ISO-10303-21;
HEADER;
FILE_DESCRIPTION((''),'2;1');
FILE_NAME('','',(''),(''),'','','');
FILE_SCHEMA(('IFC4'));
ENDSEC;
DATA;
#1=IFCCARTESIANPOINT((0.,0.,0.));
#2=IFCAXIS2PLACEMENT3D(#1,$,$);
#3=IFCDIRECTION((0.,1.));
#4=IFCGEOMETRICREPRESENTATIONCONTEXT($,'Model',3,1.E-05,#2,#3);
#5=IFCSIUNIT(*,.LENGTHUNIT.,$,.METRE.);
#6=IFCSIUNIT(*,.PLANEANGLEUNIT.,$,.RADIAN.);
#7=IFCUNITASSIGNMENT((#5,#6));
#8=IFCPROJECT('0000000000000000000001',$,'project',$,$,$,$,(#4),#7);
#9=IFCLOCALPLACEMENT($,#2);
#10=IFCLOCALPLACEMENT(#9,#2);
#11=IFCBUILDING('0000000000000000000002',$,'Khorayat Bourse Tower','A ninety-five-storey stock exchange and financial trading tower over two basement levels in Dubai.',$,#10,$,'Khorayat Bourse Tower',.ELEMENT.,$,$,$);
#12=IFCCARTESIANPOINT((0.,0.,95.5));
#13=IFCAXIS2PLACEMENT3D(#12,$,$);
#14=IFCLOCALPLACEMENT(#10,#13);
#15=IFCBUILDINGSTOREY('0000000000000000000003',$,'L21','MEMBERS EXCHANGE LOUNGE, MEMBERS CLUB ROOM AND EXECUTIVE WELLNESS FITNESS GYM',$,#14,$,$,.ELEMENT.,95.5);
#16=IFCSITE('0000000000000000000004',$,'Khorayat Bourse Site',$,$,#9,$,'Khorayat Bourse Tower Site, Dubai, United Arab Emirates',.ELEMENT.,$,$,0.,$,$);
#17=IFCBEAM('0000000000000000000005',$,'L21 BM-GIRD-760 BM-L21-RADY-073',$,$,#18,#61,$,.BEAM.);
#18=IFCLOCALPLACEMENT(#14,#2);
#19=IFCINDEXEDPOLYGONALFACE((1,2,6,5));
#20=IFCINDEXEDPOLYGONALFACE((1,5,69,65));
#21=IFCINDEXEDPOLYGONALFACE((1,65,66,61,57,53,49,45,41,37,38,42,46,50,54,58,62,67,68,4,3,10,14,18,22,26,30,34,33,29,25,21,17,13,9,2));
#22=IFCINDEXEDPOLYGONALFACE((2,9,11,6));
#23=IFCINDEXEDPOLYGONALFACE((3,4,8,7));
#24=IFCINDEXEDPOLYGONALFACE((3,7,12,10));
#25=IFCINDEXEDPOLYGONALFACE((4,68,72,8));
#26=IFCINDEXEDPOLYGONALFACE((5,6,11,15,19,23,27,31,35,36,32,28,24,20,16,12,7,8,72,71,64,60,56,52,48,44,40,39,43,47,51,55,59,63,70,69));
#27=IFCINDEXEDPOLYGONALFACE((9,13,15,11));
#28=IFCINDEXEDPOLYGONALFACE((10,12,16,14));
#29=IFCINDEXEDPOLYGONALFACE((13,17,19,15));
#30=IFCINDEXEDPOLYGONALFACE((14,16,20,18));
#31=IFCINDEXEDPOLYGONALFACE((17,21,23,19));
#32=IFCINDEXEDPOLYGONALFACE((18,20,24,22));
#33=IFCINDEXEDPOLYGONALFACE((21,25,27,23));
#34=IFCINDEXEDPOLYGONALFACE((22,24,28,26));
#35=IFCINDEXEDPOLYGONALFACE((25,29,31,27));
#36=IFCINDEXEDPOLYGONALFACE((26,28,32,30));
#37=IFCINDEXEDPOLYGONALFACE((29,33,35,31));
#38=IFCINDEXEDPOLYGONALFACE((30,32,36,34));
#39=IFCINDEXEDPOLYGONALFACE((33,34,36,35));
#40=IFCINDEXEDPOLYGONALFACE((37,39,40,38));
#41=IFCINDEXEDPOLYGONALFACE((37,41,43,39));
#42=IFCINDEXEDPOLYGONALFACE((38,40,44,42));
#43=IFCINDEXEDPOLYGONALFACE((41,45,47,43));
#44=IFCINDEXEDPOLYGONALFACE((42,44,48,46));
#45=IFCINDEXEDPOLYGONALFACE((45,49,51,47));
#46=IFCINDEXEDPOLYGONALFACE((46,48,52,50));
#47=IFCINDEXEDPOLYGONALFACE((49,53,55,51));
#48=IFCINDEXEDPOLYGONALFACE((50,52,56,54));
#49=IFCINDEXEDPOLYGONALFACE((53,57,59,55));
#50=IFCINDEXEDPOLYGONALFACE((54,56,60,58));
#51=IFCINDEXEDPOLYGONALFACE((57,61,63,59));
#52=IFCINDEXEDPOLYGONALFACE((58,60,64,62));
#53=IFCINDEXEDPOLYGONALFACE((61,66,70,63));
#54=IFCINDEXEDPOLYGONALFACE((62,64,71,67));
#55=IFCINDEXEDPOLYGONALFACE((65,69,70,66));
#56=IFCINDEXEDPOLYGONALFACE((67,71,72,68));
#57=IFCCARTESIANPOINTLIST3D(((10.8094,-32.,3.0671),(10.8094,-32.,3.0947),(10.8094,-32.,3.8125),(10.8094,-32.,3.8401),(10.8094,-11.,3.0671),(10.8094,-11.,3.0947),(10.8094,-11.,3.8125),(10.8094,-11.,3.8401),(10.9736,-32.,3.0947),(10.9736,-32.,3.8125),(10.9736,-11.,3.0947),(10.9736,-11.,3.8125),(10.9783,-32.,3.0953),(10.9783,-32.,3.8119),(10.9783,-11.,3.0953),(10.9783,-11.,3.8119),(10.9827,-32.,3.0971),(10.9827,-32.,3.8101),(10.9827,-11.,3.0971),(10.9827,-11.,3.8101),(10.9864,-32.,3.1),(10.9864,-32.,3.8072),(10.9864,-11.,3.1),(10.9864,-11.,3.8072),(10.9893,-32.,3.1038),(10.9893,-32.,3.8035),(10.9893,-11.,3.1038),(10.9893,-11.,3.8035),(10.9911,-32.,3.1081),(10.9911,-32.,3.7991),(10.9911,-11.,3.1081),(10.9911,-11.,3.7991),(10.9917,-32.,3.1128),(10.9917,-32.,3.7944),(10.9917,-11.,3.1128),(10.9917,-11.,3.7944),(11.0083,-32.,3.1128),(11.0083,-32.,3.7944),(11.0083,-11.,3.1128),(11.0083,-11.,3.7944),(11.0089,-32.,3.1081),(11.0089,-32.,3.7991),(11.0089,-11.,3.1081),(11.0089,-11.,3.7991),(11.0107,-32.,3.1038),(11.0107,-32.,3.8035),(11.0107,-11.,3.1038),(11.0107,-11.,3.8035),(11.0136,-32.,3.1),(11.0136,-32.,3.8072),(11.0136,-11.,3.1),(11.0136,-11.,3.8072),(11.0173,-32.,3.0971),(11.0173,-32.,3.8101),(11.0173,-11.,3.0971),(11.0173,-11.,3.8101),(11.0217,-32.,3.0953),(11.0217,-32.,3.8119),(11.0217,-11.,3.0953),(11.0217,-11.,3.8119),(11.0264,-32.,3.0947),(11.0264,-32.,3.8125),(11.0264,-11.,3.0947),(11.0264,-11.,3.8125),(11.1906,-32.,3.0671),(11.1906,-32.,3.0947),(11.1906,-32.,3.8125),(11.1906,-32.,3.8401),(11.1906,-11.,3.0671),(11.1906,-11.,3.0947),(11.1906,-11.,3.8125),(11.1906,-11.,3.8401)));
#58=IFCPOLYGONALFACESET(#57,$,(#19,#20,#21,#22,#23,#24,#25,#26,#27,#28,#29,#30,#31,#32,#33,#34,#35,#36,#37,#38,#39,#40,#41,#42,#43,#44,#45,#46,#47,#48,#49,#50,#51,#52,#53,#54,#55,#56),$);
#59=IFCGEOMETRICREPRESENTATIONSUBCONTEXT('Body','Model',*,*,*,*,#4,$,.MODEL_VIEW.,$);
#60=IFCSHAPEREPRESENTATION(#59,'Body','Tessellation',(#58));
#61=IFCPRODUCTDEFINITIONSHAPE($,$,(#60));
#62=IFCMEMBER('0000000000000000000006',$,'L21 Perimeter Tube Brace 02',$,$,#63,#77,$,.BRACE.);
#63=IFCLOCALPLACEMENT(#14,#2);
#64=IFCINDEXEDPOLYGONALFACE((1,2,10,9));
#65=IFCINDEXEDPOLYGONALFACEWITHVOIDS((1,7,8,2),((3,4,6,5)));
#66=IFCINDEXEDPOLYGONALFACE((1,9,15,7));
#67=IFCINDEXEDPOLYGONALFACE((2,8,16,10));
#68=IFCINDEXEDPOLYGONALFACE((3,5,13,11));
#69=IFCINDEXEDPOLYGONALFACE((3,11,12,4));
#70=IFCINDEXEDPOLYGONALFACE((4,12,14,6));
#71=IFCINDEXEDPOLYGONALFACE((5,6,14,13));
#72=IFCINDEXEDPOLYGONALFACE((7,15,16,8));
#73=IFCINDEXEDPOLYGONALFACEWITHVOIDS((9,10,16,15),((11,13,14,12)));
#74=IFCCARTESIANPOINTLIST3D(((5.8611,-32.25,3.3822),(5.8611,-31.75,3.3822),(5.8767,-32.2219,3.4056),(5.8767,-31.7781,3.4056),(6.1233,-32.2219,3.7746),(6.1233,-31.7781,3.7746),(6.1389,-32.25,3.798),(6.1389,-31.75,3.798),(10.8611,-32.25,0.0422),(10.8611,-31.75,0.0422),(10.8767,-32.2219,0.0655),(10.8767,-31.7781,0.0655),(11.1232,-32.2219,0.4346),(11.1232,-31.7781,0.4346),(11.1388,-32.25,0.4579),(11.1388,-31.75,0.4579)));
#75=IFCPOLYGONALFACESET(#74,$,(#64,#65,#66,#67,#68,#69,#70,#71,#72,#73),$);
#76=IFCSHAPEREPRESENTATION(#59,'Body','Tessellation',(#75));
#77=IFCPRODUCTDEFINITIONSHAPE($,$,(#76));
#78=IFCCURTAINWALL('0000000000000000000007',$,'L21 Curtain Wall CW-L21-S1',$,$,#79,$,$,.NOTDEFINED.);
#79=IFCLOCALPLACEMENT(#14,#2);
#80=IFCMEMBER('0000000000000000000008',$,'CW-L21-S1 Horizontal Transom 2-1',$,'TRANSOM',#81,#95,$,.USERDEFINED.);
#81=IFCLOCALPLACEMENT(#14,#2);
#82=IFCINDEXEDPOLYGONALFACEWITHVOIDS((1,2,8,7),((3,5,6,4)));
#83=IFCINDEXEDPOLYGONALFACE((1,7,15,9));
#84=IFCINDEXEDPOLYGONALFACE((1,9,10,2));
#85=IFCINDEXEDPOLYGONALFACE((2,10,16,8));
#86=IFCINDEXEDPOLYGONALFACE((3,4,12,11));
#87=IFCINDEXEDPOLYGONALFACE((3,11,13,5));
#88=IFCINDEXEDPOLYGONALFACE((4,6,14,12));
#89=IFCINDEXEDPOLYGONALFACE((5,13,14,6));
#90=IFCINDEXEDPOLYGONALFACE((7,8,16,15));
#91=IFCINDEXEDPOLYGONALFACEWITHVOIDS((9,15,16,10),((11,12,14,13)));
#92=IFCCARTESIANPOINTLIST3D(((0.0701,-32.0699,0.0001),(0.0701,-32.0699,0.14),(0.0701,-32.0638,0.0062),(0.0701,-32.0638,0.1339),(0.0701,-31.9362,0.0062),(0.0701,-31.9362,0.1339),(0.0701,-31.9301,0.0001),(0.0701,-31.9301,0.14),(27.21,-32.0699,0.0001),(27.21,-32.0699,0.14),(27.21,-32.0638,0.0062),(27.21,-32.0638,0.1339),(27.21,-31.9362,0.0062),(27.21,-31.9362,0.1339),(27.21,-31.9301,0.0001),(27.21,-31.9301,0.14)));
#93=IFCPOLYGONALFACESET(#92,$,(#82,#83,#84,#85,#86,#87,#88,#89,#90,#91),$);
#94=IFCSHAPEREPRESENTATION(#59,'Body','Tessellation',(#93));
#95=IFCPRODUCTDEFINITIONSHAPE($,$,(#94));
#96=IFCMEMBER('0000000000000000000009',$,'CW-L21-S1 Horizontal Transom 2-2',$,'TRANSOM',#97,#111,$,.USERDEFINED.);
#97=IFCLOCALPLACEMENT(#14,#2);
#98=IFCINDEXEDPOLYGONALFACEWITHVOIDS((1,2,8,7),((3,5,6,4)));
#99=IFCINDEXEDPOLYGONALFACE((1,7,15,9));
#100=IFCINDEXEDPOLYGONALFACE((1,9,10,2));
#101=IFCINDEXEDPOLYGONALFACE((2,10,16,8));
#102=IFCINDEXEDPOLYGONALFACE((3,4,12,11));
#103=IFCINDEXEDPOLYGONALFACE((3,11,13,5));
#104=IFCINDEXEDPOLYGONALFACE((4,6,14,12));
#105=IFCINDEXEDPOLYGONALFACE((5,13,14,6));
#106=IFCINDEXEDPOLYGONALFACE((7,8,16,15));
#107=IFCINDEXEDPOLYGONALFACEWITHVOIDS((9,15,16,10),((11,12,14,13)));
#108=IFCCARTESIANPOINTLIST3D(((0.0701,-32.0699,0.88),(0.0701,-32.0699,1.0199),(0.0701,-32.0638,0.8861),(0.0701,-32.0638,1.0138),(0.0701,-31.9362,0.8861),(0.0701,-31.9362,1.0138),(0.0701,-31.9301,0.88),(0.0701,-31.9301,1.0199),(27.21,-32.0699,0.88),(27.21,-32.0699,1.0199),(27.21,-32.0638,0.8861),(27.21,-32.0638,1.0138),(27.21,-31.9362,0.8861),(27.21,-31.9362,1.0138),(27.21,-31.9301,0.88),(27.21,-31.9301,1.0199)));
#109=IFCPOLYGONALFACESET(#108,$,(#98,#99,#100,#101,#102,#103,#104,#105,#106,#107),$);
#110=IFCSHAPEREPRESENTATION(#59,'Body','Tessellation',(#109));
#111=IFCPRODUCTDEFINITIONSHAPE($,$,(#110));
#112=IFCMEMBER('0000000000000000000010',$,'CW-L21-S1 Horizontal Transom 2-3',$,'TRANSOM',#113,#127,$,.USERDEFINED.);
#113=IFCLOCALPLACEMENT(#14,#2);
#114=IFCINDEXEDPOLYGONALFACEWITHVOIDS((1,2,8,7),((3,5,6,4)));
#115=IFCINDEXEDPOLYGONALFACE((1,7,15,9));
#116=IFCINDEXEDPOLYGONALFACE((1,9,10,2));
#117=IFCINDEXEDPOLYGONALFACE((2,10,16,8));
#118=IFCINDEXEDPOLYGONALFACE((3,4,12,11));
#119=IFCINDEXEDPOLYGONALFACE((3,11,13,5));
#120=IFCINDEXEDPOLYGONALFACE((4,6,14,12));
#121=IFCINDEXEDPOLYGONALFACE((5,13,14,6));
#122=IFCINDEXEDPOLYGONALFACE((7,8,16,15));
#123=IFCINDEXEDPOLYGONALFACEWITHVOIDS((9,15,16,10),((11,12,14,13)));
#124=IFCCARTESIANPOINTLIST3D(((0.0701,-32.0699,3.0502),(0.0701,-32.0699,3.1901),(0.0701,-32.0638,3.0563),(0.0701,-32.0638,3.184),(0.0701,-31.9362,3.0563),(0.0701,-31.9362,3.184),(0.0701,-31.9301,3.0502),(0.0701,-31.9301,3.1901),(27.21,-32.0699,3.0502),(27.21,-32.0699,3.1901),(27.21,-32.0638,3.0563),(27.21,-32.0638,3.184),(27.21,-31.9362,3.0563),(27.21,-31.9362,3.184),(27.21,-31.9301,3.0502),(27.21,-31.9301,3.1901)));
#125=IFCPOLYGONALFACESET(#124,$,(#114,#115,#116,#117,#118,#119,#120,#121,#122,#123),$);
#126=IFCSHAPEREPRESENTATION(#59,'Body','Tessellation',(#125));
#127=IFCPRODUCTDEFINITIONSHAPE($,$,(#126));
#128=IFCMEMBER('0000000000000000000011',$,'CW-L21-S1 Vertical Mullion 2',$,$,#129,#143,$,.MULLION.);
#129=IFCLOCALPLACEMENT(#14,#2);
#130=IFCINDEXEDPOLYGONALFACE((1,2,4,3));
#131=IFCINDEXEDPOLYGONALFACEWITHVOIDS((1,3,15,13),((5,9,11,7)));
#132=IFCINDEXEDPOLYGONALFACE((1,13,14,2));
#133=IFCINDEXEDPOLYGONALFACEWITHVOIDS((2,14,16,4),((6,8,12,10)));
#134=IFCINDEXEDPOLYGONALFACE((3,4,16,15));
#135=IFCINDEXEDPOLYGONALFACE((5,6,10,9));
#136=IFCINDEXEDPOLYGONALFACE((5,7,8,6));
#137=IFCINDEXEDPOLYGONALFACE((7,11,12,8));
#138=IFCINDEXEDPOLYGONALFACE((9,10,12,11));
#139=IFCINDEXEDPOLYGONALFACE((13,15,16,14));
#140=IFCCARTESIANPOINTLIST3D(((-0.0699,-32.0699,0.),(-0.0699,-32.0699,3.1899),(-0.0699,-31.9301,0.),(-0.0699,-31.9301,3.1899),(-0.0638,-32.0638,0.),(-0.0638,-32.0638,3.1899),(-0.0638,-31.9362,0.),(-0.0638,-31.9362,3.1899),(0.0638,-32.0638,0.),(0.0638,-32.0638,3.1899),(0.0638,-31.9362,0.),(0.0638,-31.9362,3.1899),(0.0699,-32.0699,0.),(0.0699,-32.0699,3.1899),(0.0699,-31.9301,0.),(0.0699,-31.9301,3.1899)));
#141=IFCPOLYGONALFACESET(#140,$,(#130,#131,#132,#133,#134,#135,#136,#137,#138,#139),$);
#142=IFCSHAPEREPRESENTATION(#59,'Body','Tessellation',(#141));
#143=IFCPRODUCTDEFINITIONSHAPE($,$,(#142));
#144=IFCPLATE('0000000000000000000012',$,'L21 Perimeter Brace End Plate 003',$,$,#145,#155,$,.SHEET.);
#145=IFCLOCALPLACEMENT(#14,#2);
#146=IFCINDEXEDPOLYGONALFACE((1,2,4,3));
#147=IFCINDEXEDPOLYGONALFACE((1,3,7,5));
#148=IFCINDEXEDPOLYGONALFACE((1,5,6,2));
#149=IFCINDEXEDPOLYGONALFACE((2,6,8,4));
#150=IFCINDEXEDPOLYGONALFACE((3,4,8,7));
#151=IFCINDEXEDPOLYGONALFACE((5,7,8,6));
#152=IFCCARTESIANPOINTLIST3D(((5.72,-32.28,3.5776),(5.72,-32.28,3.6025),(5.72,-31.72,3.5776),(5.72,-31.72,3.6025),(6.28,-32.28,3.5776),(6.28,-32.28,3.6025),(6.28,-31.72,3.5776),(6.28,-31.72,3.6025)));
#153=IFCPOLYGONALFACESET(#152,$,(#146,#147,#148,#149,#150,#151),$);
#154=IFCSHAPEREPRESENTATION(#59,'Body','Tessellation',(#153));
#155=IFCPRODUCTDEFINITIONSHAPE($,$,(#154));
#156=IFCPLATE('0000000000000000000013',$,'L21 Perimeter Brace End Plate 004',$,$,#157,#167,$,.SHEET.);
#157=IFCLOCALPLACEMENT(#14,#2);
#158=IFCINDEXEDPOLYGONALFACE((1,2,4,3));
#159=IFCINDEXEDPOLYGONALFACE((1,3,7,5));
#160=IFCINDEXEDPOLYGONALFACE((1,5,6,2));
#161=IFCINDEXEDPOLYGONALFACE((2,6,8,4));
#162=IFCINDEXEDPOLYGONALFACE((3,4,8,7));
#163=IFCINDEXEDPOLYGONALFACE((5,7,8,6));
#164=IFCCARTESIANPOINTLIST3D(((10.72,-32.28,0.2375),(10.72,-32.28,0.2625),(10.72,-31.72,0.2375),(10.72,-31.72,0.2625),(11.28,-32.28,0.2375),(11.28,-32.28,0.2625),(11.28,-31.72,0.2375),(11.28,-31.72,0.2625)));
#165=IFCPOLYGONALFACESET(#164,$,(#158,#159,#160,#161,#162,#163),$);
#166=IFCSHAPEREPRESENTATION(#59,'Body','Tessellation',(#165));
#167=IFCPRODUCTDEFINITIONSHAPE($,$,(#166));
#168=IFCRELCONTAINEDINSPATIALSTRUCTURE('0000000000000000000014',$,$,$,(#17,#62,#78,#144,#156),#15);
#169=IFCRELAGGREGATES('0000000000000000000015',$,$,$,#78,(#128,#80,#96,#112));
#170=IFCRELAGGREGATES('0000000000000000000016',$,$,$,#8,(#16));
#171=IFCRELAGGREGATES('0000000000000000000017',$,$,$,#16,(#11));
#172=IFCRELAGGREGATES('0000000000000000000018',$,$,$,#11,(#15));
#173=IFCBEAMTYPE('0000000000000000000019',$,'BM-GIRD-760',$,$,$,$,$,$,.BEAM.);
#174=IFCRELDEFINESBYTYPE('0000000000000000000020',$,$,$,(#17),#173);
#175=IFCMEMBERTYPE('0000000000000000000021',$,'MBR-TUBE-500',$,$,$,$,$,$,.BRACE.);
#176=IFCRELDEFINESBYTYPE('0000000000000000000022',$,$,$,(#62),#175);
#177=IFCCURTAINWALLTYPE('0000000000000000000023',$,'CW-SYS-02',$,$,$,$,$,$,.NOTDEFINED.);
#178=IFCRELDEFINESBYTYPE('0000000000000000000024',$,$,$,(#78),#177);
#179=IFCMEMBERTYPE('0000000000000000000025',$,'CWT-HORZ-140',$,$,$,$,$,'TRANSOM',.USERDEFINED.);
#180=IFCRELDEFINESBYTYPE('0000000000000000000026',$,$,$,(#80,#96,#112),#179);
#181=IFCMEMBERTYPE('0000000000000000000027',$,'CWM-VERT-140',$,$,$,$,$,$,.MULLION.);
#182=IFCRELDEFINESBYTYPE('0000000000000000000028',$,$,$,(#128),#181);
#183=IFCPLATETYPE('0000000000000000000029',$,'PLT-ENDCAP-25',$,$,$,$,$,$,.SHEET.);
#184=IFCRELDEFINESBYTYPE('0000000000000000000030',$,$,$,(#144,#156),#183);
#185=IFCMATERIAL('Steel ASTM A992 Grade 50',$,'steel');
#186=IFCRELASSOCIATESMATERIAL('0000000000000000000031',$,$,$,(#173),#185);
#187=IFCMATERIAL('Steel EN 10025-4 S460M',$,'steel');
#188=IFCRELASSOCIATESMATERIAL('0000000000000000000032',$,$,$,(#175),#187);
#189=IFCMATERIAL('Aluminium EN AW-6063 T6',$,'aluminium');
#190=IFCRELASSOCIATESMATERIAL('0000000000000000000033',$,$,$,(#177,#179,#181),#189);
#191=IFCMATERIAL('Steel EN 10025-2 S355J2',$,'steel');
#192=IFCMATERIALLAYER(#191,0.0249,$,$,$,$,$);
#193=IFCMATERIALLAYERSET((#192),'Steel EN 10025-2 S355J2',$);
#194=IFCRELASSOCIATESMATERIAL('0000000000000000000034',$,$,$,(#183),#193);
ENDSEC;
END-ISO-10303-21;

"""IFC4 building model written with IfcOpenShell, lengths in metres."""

from ifc_helpers import new_model, si_unit, direction, frame, origin, origin_2d, place, context, subcontext, project, spatial, rectangle, hollow_rectangle, i_section, extrude, source, transform, mapped, material, layer, layer_set, material_profile, profile_set, type_object, element, aggregate, save


model = new_model("IFC4")

# Units and contexts
model_context = context("Model", 3, precision=1e-05, world=origin(), true_north=direction((0.0, 1.0)))
body_context = subcontext(model_context, "Body", "Model", "MODEL_VIEW")
ifc_project = project(units=[si_unit("LENGTHUNIT", "METRE"), si_unit("PLANEANGLEUNIT", "RADIAN")], contexts=[model_context])

# Site, building, storey
site_placement = place(None, origin())
site = spatial("IfcSite", under=ifc_project, at=site_placement, Name="Khorayat Bourse Site", LongName="Khorayat Bourse Tower Site, Dubai, United Arab Emirates", CompositionType="ELEMENT", RefElevation=0.0)
building_placement = place(site_placement, origin())
building = spatial("IfcBuilding", under=site, at=building_placement, Name="Khorayat Bourse Tower", Description="A ninety-five-storey stock exchange and financial trading tower over two basement levels in Dubai.", LongName="Khorayat Bourse Tower", CompositionType="ELEMENT")
storey_placement = place(building_placement, frame((0.0, 0.0, 95.5)))
storey = spatial("IfcBuildingStorey", under=building, at=storey_placement, Name="L21", Description="MEMBERS EXCHANGE LOUNGE, MEMBERS CLUB ROOM AND EXECUTIVE WELLNESS FITNESS GYM", CompositionType="ELEMENT", Elevation=95.5)

# Shared definitions
ifc_material_1 = material(Name="Steel EN 10025-4 S460M", Category="steel")

# Beam
ifc_material_2 = material(Name="Steel ASTM A992 Grade 50", Category="steel")
ifc_material_profile_1 = material_profile(ifc_material_2, i_section(OverallWidth=0.3811, OverallDepth=0.7729, WebThickness=0.0166, FlangeThickness=0.0276, FilletRadius=0.0181, at=origin_2d()), Name="W760X257")
ifc_profile_set_1 = profile_set([ifc_material_profile_1], Name="Steel ASTM A992 Grade 50")
beam_type_1 = type_object("IfcBeamType", Name="BM-GIRD-760", PredefinedType="BEAM", material=ifc_profile_set_1)
shared_shape_1 = source(origin(), body_context, "Body", "SweptSolid", [
    extrude(i_section(OverallWidth=0.3811, OverallDepth=0.7729, WebThickness=0.0166, FlangeThickness=0.0276, FilletRadius=0.0181, at=origin_2d()), origin(), (0.0, 0.0, 1.0), 21.0),
])
for number, where, z_axis, x_axis, name in (
    (1, (11.0, -32.0, 3.4536), (0.0, 1.0, 0.0), (-1.0, 0.0, 0.0), "L21 BM-GIRD-760 BM-L21-RADY-073"),
):
    element("IfcBeam", number, at=place(storey_placement, frame(where, z_axis=z_axis, x_axis=x_axis)), inside=storey, type_object=beam_type_1, Name=name, PredefinedType="BEAM", context=body_context, shape_type="MappedRepresentation", body=[
        mapped(shared_shape_1, transform((0.0, 0.0, 0.0), scale=1.0)),
    ])

# Member
ifc_material_profile_2 = material_profile(ifc_material_1, hollow_rectangle(XDim=0.5, YDim=0.5, WallThickness=0.0281, at=origin_2d()), Name="HSS 500x500x28")
ifc_profile_set_2 = profile_set([ifc_material_profile_2], Name="Steel EN 10025-4 S460M")
member_type_1 = type_object("IfcMemberType", Name="MBR-TUBE-500", PredefinedType="BRACE", material=ifc_profile_set_2)
shared_shape_2 = source(origin(), body_context, "Body", "SweptSolid", [
    extrude(hollow_rectangle(XDim=0.5, YDim=0.5, WallThickness=0.0281, at=origin_2d()), origin(), (0.0, 0.0, 1.0), 6.0129),
])
member_1_placement = place(storey_placement, frame((6.0, -32.0, 3.5901), z_axis=(0.831531, 0.0, -0.555478), x_axis=(0.0, 1.0, 0.0)))
element("IfcMember", 2, at=member_1_placement, inside=storey, type_object=member_type_1, Name="L21 Perimeter Tube Brace 02", PredefinedType="BRACE", context=body_context, shape_type="MappedRepresentation", body=[
    mapped(shared_shape_2, transform((0.0, 0.0, 0.0), scale=1.0)),
])

# Curtain wall, members
ifc_material_3 = material(Name="Aluminium EN AW-6063 T6", Category="aluminium")
curtain_wall_type = type_object("IfcCurtainWallType", Name="CW-SYS-02", PredefinedType="NOTDEFINED", material=ifc_material_3)
curtain_wall_placement = place(storey_placement, origin())
curtain_wall = element("IfcCurtainWall", 3, at=curtain_wall_placement, inside=storey, type_object=curtain_wall_type, Name="L21 Curtain Wall CW-L21-S1", PredefinedType="NOTDEFINED")
ifc_material_profile_3 = material_profile(ifc_material_3, hollow_rectangle(XDim=0.1399, YDim=0.1399, WallThickness=0.0061, at=origin_2d()), Name="ALU 140x140x6")
ifc_profile_set_3 = profile_set([ifc_material_profile_3], Name="Aluminium EN AW-6063 T6")
member_type_2 = type_object("IfcMemberType", Name="CWT-HORZ-140", ElementType="TRANSOM", PredefinedType="USERDEFINED", material=ifc_profile_set_3)
shared_shape_3 = source(origin(), body_context, "Body", "SweptSolid", [
    extrude(hollow_rectangle(XDim=0.1399, YDim=0.1399, WallThickness=0.0061, at=origin_2d()), origin(), (0.0, 0.0, 1.0), 27.1399),
])
member_2_placement = place(storey_placement, frame((0.0701, -32.0, 0.0701), z_axis=(1.0, 0.0, 0.0), x_axis=(0.0, 1.0, 0.0)))
member_2 = element("IfcMember", 4, at=member_2_placement, type_object=member_type_2, Name="CW-L21-S1 Horizontal Transom 2-1", ObjectType="TRANSOM", PredefinedType="USERDEFINED", context=body_context, shape_type="MappedRepresentation", body=[
    mapped(shared_shape_3, transform((0.0, 0.0, 0.0), scale=1.0)),
])
member_3_placement = place(storey_placement, frame((0.0701, -32.0, 0.95), z_axis=(1.0, 0.0, 0.0), x_axis=(0.0, 1.0, 0.0)))
member_3 = element("IfcMember", 5, at=member_3_placement, type_object=member_type_2, Name="CW-L21-S1 Horizontal Transom 2-2", ObjectType="TRANSOM", PredefinedType="USERDEFINED", context=body_context, shape_type="MappedRepresentation", body=[
    mapped(shared_shape_3, transform((0.0, 0.0, 0.0), scale=1.0)),
])
member_4_placement = place(storey_placement, frame((0.0701, -32.0, 3.1201), z_axis=(1.0, 0.0, 0.0), x_axis=(0.0, 1.0, 0.0)))
member_4 = element("IfcMember", 6, at=member_4_placement, type_object=member_type_2, Name="CW-L21-S1 Horizontal Transom 2-3", ObjectType="TRANSOM", PredefinedType="USERDEFINED", context=body_context, shape_type="MappedRepresentation", body=[
    mapped(shared_shape_3, transform((0.0, 0.0, 0.0), scale=1.0)),
])
ifc_material_profile_4 = material_profile(ifc_material_3, hollow_rectangle(XDim=0.1399, YDim=0.1399, WallThickness=0.0061, at=origin_2d()), Name="ALU 140x140x6")
ifc_profile_set_4 = profile_set([ifc_material_profile_4], Name="Aluminium EN AW-6063 T6")
member_type_3 = type_object("IfcMemberType", Name="CWM-VERT-140", PredefinedType="MULLION", material=ifc_profile_set_4)
shared_shape_4 = source(origin(), body_context, "Body", "SweptSolid", [
    extrude(hollow_rectangle(XDim=0.1399, YDim=0.1399, WallThickness=0.0061, at=origin_2d()), origin(), (0.0, 0.0, 1.0), 3.1899),
])
member_5_placement = place(storey_placement, frame((0.0, -32.0, 0.0), z_axis=(0.0, 0.0, 1.0), x_axis=(0.0, 1.0, 0.0)))
member_5 = element("IfcMember", 7, at=member_5_placement, type_object=member_type_3, Name="CW-L21-S1 Vertical Mullion 2", PredefinedType="MULLION", context=body_context, shape_type="MappedRepresentation", body=[
    mapped(shared_shape_4, transform((0.0, 0.0, 0.0), scale=1.0)),
])
aggregate(curtain_wall, [member_5, member_2, member_3, member_4])

# Plates
ifc_material_4 = material(Name="Steel EN 10025-2 S355J2", Category="steel")
ifc_layer_1 = layer(ifc_material_4, 0.0249)
ifc_layer_set_1 = layer_set([ifc_layer_1], Name="Steel EN 10025-2 S355J2")
plate_type = type_object("IfcPlateType", Name="PLT-ENDCAP-25", PredefinedType="SHEET", material=ifc_layer_set_1)
shared_shape_5 = source(origin(), body_context, "Body", "SweptSolid", [
    extrude(rectangle(XDim=0.5601, YDim=0.5601, at=origin_2d()), origin(), (0.0, 0.0, 1.0), 0.0249),
])
for number, where, z_axis, x_axis, name in (
    (8, (6.0, -32.0, 3.5776), (0.0, 0.0, 1.0), (1.0, 0.0, 0.0), "L21 Perimeter Brace End Plate 003"),
    (9, (11.0, -32.0, 0.2375), (0.0, 0.0, 1.0), (1.0, 0.0, 0.0), "L21 Perimeter Brace End Plate 004"),
):
    element("IfcPlate", number, at=place(storey_placement, frame(where, z_axis=z_axis, x_axis=x_axis)), inside=storey, type_object=plate_type, Name=name, PredefinedType="SHEET", context=body_context, shape_type="MappedRepresentation", body=[
        mapped(shared_shape_5, transform((0.0, 0.0, 0.0), scale=1.0)),
    ])

save(model, "model.ifc")
